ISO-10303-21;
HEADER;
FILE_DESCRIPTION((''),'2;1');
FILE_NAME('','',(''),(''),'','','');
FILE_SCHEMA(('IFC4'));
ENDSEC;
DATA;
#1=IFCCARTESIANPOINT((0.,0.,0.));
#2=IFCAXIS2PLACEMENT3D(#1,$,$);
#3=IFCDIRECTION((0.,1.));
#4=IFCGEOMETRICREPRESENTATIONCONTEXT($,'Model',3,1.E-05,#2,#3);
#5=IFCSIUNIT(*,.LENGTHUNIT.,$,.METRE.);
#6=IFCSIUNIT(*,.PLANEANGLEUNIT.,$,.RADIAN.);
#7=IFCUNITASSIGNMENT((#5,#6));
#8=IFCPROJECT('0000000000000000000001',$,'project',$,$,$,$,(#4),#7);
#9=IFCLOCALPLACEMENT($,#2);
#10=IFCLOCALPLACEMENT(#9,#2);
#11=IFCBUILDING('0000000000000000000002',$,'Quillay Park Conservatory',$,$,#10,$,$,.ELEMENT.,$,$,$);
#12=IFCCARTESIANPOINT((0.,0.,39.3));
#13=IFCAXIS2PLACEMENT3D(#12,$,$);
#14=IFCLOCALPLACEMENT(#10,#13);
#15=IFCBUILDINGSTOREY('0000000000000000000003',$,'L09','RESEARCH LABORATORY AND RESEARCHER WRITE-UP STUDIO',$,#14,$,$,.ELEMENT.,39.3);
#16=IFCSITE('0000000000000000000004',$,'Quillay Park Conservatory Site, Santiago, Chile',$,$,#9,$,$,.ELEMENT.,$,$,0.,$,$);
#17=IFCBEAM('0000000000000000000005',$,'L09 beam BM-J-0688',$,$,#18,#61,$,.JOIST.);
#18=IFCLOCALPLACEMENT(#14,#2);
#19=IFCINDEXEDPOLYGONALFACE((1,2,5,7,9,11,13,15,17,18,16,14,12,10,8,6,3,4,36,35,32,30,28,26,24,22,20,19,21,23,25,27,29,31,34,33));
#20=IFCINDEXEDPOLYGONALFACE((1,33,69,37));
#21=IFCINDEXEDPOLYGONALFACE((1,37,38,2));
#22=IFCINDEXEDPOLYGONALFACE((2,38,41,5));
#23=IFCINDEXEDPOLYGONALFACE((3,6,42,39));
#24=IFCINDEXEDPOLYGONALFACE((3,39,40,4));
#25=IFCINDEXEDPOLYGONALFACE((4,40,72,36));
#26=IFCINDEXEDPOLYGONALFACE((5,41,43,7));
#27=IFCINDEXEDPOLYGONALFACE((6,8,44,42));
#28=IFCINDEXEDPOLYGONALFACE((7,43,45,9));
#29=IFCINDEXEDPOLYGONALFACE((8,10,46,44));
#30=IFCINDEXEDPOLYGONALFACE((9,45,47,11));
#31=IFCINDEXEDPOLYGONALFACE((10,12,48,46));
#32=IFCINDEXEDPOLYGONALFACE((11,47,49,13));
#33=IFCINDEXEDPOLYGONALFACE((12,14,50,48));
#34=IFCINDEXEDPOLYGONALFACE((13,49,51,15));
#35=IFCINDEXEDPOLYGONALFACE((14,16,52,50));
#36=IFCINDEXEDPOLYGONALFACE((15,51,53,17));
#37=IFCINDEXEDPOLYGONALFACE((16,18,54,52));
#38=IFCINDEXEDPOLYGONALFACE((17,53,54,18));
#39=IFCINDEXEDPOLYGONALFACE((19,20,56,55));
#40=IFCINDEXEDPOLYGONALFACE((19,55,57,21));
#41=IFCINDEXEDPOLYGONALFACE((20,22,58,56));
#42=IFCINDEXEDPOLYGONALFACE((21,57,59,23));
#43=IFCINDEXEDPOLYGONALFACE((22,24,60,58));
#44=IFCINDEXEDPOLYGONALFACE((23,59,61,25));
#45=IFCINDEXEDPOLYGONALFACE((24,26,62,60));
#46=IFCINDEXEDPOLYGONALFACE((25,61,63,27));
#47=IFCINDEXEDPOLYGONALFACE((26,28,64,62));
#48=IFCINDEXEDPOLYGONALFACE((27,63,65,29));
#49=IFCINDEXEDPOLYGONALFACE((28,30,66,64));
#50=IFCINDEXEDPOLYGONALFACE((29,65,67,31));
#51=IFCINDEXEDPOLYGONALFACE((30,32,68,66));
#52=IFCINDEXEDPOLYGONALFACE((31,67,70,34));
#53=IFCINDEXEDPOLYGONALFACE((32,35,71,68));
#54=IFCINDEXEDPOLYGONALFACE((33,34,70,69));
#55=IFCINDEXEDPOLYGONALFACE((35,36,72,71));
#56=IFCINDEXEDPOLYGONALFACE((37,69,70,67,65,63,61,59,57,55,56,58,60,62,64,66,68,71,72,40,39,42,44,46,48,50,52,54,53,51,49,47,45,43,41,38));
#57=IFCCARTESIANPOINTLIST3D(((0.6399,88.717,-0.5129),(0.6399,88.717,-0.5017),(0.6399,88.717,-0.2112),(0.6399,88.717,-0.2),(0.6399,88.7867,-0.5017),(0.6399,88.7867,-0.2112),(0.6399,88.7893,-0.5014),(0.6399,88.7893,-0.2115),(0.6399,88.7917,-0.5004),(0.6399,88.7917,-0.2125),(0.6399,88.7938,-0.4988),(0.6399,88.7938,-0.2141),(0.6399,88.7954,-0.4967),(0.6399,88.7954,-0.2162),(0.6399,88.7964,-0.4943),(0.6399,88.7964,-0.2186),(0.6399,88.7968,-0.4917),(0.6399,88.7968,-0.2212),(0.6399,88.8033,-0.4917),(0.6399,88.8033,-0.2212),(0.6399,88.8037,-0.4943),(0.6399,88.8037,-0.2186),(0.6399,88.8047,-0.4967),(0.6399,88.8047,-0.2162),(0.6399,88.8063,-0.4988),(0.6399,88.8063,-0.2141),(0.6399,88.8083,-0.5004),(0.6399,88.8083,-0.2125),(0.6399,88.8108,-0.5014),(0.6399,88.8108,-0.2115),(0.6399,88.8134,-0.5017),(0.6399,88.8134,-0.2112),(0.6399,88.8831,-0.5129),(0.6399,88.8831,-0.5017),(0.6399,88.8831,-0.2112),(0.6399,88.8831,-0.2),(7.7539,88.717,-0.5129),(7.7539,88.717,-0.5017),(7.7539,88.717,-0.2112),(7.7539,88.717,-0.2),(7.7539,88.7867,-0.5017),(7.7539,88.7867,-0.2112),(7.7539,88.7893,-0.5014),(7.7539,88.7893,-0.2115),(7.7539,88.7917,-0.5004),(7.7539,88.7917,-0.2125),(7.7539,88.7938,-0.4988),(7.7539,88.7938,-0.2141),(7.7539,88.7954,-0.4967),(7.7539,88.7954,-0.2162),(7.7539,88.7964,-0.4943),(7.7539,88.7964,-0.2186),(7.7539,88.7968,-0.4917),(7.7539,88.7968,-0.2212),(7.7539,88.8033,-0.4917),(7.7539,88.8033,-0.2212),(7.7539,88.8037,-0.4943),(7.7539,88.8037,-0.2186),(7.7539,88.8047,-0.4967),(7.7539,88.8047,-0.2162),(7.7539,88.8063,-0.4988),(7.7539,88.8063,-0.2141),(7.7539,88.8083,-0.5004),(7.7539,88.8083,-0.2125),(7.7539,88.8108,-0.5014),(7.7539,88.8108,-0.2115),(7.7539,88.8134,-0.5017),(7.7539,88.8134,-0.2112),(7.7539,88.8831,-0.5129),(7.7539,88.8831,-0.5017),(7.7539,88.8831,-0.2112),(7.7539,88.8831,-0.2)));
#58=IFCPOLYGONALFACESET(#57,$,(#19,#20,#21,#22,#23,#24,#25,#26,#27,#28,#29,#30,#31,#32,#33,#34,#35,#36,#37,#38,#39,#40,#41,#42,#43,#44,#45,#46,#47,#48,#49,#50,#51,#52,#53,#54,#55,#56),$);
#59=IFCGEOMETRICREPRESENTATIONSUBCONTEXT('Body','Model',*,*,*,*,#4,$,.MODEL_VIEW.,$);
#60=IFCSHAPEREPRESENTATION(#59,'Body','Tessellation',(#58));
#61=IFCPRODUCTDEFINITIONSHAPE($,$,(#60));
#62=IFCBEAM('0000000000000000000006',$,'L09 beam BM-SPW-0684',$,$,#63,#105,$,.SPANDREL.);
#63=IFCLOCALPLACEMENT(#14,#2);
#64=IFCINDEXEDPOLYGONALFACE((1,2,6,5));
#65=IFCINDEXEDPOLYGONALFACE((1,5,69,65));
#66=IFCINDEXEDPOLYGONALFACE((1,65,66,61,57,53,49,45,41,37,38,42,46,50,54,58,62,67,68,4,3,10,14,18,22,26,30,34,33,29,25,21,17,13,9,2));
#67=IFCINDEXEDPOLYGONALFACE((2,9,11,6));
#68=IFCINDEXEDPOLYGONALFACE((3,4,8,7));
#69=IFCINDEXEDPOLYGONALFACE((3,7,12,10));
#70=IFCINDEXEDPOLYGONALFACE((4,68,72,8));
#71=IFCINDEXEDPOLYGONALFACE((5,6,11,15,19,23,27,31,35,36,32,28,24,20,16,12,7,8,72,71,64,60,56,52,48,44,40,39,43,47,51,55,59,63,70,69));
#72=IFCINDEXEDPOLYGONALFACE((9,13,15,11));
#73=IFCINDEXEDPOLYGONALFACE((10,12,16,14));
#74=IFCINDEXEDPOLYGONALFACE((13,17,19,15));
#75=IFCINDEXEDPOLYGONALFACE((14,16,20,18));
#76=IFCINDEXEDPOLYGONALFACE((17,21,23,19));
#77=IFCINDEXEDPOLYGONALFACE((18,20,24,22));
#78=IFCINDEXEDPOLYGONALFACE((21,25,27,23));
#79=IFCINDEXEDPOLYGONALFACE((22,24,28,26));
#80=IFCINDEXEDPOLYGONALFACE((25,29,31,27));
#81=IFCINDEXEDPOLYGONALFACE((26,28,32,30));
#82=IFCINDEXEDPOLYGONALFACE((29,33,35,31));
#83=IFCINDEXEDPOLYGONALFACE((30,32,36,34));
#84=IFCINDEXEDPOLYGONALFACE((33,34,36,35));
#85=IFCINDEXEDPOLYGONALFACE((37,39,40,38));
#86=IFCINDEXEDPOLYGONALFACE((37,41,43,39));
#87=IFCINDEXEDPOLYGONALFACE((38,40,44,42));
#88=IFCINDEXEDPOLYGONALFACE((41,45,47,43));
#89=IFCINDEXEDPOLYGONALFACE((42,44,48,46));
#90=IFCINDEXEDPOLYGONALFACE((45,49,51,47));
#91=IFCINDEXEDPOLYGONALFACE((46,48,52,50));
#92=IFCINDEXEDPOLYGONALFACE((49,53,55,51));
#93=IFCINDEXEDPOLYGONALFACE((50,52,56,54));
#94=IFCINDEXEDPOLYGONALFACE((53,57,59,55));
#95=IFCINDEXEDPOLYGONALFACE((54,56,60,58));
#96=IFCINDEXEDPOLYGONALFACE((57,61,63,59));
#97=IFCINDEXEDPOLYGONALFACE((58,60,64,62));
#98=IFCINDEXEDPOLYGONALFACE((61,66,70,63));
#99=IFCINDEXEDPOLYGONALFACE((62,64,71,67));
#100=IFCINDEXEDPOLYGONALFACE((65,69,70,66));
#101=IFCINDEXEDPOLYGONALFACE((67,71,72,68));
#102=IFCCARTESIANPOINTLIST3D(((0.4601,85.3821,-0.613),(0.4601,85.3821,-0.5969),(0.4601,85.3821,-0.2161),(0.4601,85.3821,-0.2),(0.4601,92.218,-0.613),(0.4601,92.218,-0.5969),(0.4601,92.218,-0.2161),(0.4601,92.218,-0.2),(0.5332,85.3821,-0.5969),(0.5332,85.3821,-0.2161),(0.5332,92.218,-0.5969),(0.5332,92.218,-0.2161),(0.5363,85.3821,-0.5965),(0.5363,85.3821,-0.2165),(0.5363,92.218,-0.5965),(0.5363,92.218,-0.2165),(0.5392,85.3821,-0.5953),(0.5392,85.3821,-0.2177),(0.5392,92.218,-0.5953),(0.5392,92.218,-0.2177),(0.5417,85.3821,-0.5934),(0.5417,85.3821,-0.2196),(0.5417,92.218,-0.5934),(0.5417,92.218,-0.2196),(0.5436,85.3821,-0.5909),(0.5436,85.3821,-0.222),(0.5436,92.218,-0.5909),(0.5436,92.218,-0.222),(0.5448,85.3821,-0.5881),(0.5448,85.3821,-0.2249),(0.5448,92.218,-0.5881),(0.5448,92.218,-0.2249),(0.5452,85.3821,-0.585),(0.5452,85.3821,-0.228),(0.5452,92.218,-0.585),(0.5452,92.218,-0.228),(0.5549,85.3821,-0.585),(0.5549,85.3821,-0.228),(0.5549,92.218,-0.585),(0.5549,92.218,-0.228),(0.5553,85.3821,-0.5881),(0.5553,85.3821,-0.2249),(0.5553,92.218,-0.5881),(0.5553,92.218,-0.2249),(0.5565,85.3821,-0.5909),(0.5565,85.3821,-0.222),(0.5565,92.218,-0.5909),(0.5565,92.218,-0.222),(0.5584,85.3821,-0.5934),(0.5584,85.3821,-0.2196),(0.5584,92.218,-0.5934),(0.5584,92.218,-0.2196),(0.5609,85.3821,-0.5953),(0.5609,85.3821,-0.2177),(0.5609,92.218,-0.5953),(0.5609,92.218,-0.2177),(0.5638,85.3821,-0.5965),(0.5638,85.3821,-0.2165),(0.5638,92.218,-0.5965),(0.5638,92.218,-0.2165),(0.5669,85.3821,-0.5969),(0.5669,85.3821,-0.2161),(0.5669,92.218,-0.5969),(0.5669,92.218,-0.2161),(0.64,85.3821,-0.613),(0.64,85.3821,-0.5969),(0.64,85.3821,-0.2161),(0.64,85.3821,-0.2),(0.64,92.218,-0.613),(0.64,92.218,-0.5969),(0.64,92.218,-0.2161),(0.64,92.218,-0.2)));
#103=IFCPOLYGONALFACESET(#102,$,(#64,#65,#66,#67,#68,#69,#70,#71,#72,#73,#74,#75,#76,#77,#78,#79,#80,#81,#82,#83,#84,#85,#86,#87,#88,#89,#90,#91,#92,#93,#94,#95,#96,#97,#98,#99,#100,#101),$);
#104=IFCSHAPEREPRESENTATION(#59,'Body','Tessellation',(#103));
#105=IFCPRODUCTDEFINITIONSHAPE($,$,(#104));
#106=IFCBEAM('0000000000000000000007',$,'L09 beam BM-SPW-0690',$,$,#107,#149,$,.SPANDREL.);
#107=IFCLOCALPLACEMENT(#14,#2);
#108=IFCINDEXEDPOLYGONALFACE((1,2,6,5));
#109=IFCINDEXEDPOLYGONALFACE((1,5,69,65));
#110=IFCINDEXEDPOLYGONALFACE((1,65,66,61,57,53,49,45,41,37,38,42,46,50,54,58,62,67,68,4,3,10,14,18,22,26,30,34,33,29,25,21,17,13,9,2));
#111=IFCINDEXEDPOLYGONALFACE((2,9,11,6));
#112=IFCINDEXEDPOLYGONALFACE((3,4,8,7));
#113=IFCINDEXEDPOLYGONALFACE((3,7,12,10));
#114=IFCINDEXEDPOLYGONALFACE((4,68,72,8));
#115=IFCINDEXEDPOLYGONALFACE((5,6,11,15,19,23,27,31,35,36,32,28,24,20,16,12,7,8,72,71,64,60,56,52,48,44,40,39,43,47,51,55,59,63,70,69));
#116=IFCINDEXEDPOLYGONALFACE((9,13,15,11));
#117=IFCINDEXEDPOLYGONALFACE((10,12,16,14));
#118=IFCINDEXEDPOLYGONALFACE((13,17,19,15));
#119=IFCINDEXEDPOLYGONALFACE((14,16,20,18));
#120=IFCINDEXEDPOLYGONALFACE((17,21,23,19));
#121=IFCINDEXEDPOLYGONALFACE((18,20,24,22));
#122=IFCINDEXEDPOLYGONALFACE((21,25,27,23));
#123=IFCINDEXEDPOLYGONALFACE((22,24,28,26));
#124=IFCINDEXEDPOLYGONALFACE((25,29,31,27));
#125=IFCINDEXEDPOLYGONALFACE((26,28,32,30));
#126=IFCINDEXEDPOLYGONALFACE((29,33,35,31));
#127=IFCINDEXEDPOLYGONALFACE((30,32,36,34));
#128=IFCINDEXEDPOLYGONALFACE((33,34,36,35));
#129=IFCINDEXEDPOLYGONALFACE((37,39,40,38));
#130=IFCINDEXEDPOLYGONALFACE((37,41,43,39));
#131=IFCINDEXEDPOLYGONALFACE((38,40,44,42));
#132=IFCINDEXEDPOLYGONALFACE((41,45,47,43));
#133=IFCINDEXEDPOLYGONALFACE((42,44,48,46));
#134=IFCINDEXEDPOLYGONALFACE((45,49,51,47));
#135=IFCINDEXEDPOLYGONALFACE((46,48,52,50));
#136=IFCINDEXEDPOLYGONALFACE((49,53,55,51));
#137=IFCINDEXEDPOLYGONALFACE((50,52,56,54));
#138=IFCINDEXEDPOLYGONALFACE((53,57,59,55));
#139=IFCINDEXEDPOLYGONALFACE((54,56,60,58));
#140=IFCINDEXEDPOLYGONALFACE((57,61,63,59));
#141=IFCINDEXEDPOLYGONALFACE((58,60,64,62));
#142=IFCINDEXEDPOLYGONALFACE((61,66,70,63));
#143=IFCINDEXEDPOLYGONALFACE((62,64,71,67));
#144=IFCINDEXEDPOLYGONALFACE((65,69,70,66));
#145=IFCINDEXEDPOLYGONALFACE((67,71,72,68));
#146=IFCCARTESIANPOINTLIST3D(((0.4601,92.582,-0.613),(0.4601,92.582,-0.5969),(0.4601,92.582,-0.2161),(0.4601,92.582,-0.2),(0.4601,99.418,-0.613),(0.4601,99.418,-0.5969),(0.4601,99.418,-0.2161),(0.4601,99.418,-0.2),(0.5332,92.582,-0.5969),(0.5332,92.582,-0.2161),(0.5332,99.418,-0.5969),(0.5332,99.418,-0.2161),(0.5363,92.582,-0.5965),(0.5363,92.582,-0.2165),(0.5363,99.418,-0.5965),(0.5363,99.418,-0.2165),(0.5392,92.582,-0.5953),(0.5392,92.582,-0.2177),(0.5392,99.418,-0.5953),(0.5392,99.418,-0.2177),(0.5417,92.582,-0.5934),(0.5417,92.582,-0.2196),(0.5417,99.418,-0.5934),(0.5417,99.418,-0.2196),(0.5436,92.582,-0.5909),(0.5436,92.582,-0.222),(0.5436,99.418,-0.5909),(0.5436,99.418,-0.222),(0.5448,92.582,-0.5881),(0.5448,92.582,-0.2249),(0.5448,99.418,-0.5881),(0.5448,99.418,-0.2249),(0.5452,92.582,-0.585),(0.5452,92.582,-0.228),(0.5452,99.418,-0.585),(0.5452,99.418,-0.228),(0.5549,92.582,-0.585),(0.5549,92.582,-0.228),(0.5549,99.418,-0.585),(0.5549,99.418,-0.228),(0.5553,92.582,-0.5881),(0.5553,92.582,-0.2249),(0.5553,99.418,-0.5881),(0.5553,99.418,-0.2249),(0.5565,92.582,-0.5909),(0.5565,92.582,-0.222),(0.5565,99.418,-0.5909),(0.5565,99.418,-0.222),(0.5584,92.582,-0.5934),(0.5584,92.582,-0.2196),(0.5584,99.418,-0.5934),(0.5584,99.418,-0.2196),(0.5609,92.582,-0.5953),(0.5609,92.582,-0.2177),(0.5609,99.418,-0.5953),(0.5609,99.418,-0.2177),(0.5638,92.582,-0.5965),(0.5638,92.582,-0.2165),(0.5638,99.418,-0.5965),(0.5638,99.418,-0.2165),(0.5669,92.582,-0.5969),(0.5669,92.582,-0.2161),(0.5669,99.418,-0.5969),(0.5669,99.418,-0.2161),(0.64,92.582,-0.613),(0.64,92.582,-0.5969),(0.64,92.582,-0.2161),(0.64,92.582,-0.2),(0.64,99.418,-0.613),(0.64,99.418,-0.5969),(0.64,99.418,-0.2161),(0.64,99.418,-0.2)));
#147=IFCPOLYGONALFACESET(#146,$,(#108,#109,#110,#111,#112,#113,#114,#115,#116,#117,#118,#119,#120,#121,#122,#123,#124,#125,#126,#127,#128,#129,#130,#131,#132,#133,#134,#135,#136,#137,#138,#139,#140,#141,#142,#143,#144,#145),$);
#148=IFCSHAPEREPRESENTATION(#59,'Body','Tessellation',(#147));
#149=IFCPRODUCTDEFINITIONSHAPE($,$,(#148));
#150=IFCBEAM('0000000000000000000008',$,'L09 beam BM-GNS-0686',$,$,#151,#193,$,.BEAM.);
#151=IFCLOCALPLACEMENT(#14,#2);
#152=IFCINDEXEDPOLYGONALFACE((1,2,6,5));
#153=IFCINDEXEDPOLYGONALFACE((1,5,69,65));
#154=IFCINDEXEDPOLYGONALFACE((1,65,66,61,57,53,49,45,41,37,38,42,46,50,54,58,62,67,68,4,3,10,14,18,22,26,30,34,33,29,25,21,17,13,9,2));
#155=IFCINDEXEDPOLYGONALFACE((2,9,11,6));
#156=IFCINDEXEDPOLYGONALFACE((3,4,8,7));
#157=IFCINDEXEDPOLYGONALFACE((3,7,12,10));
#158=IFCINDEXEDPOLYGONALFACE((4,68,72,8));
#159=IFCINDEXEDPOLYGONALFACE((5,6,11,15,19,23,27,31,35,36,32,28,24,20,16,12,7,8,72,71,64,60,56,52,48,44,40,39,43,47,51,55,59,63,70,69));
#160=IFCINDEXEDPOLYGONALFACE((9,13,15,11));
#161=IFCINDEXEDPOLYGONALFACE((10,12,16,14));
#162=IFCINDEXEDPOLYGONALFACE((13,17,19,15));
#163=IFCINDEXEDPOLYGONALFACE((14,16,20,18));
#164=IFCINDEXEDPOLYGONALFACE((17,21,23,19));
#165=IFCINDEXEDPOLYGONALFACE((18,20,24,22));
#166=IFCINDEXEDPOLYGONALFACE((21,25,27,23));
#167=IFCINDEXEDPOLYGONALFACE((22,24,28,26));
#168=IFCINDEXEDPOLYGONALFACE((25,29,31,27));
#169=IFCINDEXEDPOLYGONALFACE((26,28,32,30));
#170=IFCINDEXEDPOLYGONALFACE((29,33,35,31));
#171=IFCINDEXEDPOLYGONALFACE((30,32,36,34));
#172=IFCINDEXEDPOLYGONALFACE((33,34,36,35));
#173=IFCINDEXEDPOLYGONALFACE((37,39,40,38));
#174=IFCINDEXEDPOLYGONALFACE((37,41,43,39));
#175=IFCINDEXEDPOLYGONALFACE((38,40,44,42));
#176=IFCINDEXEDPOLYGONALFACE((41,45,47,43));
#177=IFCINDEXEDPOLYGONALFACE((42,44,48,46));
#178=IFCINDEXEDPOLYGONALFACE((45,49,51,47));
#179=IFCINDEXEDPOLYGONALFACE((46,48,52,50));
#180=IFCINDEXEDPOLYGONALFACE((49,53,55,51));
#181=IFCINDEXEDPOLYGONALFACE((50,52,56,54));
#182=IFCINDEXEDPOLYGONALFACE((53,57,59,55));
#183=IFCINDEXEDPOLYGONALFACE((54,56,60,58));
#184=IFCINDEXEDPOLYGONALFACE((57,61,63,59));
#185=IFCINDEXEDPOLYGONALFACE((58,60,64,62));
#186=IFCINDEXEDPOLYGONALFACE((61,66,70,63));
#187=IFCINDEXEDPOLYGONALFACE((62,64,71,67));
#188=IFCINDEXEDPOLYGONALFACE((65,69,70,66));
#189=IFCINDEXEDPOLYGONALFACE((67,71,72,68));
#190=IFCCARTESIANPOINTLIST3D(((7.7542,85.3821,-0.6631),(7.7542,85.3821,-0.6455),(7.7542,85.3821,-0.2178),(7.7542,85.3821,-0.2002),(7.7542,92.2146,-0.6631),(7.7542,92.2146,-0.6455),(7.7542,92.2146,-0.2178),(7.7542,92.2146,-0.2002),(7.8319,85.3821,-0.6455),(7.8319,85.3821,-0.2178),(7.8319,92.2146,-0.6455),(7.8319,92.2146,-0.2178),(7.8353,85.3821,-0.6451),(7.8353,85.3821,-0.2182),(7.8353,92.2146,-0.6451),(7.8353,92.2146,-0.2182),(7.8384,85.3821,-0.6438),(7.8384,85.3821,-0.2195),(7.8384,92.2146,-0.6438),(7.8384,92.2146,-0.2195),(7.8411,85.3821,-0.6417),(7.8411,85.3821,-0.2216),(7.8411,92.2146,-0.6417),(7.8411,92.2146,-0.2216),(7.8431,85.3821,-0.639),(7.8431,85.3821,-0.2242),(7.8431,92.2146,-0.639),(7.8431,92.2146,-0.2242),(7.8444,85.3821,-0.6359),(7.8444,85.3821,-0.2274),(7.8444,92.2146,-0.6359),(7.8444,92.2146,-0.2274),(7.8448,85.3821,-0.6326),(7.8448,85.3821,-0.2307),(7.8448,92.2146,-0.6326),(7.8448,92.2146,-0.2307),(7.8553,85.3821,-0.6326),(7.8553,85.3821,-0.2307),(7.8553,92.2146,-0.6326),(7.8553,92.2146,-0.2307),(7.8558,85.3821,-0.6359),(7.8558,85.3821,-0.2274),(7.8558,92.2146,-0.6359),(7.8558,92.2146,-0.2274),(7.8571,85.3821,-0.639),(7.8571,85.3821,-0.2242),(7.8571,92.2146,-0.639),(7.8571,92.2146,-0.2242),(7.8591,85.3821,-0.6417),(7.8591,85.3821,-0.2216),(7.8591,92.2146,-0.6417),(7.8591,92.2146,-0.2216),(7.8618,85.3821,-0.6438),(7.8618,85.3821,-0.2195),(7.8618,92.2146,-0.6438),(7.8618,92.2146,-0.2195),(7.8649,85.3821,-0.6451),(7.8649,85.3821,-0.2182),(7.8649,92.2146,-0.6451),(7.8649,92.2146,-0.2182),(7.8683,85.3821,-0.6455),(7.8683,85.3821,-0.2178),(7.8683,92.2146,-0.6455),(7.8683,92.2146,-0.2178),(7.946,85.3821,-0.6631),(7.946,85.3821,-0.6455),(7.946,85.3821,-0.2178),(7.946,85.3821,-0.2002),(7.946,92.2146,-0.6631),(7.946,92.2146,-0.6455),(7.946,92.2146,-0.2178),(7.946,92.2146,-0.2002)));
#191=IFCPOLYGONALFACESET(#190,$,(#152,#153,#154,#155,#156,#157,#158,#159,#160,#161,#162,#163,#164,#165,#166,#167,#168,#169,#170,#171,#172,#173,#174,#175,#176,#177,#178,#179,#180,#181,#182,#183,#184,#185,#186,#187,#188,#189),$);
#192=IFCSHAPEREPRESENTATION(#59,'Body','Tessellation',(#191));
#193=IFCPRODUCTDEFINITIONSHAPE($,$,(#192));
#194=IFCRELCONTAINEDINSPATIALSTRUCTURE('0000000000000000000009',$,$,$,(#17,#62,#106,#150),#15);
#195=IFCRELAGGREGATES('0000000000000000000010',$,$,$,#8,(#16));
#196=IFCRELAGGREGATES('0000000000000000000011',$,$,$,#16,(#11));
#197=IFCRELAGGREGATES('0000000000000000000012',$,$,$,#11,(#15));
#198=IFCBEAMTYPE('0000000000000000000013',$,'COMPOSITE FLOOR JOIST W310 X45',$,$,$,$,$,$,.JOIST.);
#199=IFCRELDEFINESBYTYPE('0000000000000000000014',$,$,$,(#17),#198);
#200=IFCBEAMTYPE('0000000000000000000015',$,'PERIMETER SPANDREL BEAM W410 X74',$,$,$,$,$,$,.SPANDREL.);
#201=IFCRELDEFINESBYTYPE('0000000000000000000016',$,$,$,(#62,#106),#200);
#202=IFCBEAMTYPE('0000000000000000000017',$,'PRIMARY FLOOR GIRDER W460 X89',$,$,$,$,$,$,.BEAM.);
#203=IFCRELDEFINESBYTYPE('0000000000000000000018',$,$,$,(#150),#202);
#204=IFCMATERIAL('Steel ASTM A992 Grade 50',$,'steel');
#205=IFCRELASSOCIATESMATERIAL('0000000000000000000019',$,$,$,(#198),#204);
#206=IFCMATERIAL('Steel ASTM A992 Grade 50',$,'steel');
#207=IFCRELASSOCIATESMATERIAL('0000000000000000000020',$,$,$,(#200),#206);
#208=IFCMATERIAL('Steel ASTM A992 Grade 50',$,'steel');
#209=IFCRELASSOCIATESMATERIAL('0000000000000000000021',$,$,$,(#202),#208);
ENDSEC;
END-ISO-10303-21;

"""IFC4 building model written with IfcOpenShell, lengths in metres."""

from ifc_helpers import new_model, si_unit, direction, frame, origin, origin_2d, place, context, subcontext, project, spatial, i_section, extrude, material, material_profile, profile_set, type_object, element, save


model = new_model("IFC4")

# Units and contexts
model_context = context("Model", 3, precision=1e-05, world=origin(), true_north=direction((0.0, 1.0)))
body_context = subcontext(model_context, "Body", "Model", "MODEL_VIEW")
ifc_project = project(units=[si_unit("LENGTHUNIT", "METRE"), si_unit("PLANEANGLEUNIT", "RADIAN")], contexts=[model_context])

# Site, building, storey
site_placement = place(None, origin())
site = spatial("IfcSite", under=ifc_project, at=site_placement, Name="Quillay Park Conservatory Site, Santiago, Chile", CompositionType="ELEMENT", RefElevation=0.0)
building_placement = place(site_placement, origin())
building = spatial("IfcBuilding", under=site, at=building_placement, Name="Quillay Park Conservatory", CompositionType="ELEMENT")
storey_placement = place(building_placement, frame((0.0, 0.0, 39.3)))
storey = spatial("IfcBuildingStorey", under=building, at=storey_placement, Name="L09", Description="RESEARCH LABORATORY AND RESEARCHER WRITE-UP STUDIO", CompositionType="ELEMENT", Elevation=39.3)

# Beams
ifc_material_1 = material(Name="Steel ASTM A992 Grade 50", Category="steel")
ifc_material_profile_1 = material_profile(ifc_material_1, i_section(OverallWidth=0.166, OverallDepth=0.313, WebThickness=0.0066, FlangeThickness=0.0112, FilletRadius=0.01, at=origin_2d()), Name="W310x45")
ifc_profile_set_1 = profile_set([ifc_material_profile_1], Name="Steel ASTM A992 Grade 50")
beam_type_1 = type_object("IfcBeamType", Name="COMPOSITE FLOOR JOIST W310 X45", PredefinedType="JOIST", material=ifc_profile_set_1)
beam_1_placement = place(storey_placement, frame((0.6399, 88.8, -0.3564), z_axis=(1.0, 0.0, 0.0), x_axis=(0.0, 1.0, 0.0)))
element("IfcBeam", 1, at=beam_1_placement, inside=storey, type_object=beam_type_1, Name="L09 beam BM-J-0688", PredefinedType="JOIST", context=body_context, shape_type="SweptSolid", body=[
    extrude(i_section(OverallWidth=0.166, OverallDepth=0.313, WebThickness=0.0066, FlangeThickness=0.0112, FilletRadius=0.01, at=origin_2d()), origin(), (0.0, 0.0, 1.0), 7.114),
])
ifc_material_2 = material(Name="Steel ASTM A992 Grade 50", Category="steel")
ifc_material_profile_2 = material_profile(ifc_material_2, i_section(OverallWidth=0.1799, OverallDepth=0.4131, WebThickness=0.0098, FlangeThickness=0.0161, FilletRadius=0.012, at=origin_2d()), Name="W410x74")
ifc_profile_set_2 = profile_set([ifc_material_profile_2], Name="Steel ASTM A992 Grade 50")
beam_type_2 = type_object("IfcBeamType", Name="PERIMETER SPANDREL BEAM W410 X74", PredefinedType="SPANDREL", material=ifc_profile_set_2)
for number, where, z_axis, x_axis, name in (
    (2, (0.55, 85.3821, -0.4065), (0.0, 1.0, 0.0), (-1.0, 0.0, 0.0), "L09 beam BM-SPW-0684"),
    (3, (0.55, 92.582, -0.4065), (0.0, 1.0, 0.0), (-1.0, 0.0, 0.0), "L09 beam BM-SPW-0690"),
):
    element("IfcBeam", number, at=place(storey_placement, frame(where, z_axis=z_axis, x_axis=x_axis)), inside=storey, type_object=beam_type_2, Name=name, PredefinedType="SPANDREL", context=body_context, shape_type="SweptSolid", body=[
        extrude(i_section(OverallWidth=0.1799, OverallDepth=0.4131, WebThickness=0.0098, FlangeThickness=0.0161, FilletRadius=0.012, at=origin_2d()), origin(), (0.0, 0.0, 1.0), 6.8359),
    ])
ifc_material_3 = material(Name="Steel ASTM A992 Grade 50", Category="steel")
ifc_material_profile_3 = material_profile(ifc_material_3, i_section(OverallWidth=0.1919, OverallDepth=0.4629, WebThickness=0.0105, FlangeThickness=0.0176, FilletRadius=0.0129, at=origin_2d()), Name="W460x89")
ifc_profile_set_3 = profile_set([ifc_material_profile_3], Name="Steel ASTM A992 Grade 50")
beam_type_3 = type_object("IfcBeamType", Name="PRIMARY FLOOR GIRDER W460 X89", PredefinedType="BEAM", material=ifc_profile_set_3)
for number, where, z_axis, x_axis, name in (
    (4, (7.8501, 85.3821, -0.4316), (0.0, 1.0, 0.0), (-1.0, 0.0, 0.0), "L09 beam BM-GNS-0686"),
):
    element("IfcBeam", number, at=place(storey_placement, frame(where, z_axis=z_axis, x_axis=x_axis)), inside=storey, type_object=beam_type_3, Name=name, PredefinedType="BEAM", context=body_context, shape_type="SweptSolid", body=[
        extrude(i_section(OverallWidth=0.1919, OverallDepth=0.4629, WebThickness=0.0105, FlangeThickness=0.0176, FilletRadius=0.0129, at=origin_2d()), origin(), (0.0, 0.0, 1.0), 6.8325),
    ])

save(model, "model.ifc")
